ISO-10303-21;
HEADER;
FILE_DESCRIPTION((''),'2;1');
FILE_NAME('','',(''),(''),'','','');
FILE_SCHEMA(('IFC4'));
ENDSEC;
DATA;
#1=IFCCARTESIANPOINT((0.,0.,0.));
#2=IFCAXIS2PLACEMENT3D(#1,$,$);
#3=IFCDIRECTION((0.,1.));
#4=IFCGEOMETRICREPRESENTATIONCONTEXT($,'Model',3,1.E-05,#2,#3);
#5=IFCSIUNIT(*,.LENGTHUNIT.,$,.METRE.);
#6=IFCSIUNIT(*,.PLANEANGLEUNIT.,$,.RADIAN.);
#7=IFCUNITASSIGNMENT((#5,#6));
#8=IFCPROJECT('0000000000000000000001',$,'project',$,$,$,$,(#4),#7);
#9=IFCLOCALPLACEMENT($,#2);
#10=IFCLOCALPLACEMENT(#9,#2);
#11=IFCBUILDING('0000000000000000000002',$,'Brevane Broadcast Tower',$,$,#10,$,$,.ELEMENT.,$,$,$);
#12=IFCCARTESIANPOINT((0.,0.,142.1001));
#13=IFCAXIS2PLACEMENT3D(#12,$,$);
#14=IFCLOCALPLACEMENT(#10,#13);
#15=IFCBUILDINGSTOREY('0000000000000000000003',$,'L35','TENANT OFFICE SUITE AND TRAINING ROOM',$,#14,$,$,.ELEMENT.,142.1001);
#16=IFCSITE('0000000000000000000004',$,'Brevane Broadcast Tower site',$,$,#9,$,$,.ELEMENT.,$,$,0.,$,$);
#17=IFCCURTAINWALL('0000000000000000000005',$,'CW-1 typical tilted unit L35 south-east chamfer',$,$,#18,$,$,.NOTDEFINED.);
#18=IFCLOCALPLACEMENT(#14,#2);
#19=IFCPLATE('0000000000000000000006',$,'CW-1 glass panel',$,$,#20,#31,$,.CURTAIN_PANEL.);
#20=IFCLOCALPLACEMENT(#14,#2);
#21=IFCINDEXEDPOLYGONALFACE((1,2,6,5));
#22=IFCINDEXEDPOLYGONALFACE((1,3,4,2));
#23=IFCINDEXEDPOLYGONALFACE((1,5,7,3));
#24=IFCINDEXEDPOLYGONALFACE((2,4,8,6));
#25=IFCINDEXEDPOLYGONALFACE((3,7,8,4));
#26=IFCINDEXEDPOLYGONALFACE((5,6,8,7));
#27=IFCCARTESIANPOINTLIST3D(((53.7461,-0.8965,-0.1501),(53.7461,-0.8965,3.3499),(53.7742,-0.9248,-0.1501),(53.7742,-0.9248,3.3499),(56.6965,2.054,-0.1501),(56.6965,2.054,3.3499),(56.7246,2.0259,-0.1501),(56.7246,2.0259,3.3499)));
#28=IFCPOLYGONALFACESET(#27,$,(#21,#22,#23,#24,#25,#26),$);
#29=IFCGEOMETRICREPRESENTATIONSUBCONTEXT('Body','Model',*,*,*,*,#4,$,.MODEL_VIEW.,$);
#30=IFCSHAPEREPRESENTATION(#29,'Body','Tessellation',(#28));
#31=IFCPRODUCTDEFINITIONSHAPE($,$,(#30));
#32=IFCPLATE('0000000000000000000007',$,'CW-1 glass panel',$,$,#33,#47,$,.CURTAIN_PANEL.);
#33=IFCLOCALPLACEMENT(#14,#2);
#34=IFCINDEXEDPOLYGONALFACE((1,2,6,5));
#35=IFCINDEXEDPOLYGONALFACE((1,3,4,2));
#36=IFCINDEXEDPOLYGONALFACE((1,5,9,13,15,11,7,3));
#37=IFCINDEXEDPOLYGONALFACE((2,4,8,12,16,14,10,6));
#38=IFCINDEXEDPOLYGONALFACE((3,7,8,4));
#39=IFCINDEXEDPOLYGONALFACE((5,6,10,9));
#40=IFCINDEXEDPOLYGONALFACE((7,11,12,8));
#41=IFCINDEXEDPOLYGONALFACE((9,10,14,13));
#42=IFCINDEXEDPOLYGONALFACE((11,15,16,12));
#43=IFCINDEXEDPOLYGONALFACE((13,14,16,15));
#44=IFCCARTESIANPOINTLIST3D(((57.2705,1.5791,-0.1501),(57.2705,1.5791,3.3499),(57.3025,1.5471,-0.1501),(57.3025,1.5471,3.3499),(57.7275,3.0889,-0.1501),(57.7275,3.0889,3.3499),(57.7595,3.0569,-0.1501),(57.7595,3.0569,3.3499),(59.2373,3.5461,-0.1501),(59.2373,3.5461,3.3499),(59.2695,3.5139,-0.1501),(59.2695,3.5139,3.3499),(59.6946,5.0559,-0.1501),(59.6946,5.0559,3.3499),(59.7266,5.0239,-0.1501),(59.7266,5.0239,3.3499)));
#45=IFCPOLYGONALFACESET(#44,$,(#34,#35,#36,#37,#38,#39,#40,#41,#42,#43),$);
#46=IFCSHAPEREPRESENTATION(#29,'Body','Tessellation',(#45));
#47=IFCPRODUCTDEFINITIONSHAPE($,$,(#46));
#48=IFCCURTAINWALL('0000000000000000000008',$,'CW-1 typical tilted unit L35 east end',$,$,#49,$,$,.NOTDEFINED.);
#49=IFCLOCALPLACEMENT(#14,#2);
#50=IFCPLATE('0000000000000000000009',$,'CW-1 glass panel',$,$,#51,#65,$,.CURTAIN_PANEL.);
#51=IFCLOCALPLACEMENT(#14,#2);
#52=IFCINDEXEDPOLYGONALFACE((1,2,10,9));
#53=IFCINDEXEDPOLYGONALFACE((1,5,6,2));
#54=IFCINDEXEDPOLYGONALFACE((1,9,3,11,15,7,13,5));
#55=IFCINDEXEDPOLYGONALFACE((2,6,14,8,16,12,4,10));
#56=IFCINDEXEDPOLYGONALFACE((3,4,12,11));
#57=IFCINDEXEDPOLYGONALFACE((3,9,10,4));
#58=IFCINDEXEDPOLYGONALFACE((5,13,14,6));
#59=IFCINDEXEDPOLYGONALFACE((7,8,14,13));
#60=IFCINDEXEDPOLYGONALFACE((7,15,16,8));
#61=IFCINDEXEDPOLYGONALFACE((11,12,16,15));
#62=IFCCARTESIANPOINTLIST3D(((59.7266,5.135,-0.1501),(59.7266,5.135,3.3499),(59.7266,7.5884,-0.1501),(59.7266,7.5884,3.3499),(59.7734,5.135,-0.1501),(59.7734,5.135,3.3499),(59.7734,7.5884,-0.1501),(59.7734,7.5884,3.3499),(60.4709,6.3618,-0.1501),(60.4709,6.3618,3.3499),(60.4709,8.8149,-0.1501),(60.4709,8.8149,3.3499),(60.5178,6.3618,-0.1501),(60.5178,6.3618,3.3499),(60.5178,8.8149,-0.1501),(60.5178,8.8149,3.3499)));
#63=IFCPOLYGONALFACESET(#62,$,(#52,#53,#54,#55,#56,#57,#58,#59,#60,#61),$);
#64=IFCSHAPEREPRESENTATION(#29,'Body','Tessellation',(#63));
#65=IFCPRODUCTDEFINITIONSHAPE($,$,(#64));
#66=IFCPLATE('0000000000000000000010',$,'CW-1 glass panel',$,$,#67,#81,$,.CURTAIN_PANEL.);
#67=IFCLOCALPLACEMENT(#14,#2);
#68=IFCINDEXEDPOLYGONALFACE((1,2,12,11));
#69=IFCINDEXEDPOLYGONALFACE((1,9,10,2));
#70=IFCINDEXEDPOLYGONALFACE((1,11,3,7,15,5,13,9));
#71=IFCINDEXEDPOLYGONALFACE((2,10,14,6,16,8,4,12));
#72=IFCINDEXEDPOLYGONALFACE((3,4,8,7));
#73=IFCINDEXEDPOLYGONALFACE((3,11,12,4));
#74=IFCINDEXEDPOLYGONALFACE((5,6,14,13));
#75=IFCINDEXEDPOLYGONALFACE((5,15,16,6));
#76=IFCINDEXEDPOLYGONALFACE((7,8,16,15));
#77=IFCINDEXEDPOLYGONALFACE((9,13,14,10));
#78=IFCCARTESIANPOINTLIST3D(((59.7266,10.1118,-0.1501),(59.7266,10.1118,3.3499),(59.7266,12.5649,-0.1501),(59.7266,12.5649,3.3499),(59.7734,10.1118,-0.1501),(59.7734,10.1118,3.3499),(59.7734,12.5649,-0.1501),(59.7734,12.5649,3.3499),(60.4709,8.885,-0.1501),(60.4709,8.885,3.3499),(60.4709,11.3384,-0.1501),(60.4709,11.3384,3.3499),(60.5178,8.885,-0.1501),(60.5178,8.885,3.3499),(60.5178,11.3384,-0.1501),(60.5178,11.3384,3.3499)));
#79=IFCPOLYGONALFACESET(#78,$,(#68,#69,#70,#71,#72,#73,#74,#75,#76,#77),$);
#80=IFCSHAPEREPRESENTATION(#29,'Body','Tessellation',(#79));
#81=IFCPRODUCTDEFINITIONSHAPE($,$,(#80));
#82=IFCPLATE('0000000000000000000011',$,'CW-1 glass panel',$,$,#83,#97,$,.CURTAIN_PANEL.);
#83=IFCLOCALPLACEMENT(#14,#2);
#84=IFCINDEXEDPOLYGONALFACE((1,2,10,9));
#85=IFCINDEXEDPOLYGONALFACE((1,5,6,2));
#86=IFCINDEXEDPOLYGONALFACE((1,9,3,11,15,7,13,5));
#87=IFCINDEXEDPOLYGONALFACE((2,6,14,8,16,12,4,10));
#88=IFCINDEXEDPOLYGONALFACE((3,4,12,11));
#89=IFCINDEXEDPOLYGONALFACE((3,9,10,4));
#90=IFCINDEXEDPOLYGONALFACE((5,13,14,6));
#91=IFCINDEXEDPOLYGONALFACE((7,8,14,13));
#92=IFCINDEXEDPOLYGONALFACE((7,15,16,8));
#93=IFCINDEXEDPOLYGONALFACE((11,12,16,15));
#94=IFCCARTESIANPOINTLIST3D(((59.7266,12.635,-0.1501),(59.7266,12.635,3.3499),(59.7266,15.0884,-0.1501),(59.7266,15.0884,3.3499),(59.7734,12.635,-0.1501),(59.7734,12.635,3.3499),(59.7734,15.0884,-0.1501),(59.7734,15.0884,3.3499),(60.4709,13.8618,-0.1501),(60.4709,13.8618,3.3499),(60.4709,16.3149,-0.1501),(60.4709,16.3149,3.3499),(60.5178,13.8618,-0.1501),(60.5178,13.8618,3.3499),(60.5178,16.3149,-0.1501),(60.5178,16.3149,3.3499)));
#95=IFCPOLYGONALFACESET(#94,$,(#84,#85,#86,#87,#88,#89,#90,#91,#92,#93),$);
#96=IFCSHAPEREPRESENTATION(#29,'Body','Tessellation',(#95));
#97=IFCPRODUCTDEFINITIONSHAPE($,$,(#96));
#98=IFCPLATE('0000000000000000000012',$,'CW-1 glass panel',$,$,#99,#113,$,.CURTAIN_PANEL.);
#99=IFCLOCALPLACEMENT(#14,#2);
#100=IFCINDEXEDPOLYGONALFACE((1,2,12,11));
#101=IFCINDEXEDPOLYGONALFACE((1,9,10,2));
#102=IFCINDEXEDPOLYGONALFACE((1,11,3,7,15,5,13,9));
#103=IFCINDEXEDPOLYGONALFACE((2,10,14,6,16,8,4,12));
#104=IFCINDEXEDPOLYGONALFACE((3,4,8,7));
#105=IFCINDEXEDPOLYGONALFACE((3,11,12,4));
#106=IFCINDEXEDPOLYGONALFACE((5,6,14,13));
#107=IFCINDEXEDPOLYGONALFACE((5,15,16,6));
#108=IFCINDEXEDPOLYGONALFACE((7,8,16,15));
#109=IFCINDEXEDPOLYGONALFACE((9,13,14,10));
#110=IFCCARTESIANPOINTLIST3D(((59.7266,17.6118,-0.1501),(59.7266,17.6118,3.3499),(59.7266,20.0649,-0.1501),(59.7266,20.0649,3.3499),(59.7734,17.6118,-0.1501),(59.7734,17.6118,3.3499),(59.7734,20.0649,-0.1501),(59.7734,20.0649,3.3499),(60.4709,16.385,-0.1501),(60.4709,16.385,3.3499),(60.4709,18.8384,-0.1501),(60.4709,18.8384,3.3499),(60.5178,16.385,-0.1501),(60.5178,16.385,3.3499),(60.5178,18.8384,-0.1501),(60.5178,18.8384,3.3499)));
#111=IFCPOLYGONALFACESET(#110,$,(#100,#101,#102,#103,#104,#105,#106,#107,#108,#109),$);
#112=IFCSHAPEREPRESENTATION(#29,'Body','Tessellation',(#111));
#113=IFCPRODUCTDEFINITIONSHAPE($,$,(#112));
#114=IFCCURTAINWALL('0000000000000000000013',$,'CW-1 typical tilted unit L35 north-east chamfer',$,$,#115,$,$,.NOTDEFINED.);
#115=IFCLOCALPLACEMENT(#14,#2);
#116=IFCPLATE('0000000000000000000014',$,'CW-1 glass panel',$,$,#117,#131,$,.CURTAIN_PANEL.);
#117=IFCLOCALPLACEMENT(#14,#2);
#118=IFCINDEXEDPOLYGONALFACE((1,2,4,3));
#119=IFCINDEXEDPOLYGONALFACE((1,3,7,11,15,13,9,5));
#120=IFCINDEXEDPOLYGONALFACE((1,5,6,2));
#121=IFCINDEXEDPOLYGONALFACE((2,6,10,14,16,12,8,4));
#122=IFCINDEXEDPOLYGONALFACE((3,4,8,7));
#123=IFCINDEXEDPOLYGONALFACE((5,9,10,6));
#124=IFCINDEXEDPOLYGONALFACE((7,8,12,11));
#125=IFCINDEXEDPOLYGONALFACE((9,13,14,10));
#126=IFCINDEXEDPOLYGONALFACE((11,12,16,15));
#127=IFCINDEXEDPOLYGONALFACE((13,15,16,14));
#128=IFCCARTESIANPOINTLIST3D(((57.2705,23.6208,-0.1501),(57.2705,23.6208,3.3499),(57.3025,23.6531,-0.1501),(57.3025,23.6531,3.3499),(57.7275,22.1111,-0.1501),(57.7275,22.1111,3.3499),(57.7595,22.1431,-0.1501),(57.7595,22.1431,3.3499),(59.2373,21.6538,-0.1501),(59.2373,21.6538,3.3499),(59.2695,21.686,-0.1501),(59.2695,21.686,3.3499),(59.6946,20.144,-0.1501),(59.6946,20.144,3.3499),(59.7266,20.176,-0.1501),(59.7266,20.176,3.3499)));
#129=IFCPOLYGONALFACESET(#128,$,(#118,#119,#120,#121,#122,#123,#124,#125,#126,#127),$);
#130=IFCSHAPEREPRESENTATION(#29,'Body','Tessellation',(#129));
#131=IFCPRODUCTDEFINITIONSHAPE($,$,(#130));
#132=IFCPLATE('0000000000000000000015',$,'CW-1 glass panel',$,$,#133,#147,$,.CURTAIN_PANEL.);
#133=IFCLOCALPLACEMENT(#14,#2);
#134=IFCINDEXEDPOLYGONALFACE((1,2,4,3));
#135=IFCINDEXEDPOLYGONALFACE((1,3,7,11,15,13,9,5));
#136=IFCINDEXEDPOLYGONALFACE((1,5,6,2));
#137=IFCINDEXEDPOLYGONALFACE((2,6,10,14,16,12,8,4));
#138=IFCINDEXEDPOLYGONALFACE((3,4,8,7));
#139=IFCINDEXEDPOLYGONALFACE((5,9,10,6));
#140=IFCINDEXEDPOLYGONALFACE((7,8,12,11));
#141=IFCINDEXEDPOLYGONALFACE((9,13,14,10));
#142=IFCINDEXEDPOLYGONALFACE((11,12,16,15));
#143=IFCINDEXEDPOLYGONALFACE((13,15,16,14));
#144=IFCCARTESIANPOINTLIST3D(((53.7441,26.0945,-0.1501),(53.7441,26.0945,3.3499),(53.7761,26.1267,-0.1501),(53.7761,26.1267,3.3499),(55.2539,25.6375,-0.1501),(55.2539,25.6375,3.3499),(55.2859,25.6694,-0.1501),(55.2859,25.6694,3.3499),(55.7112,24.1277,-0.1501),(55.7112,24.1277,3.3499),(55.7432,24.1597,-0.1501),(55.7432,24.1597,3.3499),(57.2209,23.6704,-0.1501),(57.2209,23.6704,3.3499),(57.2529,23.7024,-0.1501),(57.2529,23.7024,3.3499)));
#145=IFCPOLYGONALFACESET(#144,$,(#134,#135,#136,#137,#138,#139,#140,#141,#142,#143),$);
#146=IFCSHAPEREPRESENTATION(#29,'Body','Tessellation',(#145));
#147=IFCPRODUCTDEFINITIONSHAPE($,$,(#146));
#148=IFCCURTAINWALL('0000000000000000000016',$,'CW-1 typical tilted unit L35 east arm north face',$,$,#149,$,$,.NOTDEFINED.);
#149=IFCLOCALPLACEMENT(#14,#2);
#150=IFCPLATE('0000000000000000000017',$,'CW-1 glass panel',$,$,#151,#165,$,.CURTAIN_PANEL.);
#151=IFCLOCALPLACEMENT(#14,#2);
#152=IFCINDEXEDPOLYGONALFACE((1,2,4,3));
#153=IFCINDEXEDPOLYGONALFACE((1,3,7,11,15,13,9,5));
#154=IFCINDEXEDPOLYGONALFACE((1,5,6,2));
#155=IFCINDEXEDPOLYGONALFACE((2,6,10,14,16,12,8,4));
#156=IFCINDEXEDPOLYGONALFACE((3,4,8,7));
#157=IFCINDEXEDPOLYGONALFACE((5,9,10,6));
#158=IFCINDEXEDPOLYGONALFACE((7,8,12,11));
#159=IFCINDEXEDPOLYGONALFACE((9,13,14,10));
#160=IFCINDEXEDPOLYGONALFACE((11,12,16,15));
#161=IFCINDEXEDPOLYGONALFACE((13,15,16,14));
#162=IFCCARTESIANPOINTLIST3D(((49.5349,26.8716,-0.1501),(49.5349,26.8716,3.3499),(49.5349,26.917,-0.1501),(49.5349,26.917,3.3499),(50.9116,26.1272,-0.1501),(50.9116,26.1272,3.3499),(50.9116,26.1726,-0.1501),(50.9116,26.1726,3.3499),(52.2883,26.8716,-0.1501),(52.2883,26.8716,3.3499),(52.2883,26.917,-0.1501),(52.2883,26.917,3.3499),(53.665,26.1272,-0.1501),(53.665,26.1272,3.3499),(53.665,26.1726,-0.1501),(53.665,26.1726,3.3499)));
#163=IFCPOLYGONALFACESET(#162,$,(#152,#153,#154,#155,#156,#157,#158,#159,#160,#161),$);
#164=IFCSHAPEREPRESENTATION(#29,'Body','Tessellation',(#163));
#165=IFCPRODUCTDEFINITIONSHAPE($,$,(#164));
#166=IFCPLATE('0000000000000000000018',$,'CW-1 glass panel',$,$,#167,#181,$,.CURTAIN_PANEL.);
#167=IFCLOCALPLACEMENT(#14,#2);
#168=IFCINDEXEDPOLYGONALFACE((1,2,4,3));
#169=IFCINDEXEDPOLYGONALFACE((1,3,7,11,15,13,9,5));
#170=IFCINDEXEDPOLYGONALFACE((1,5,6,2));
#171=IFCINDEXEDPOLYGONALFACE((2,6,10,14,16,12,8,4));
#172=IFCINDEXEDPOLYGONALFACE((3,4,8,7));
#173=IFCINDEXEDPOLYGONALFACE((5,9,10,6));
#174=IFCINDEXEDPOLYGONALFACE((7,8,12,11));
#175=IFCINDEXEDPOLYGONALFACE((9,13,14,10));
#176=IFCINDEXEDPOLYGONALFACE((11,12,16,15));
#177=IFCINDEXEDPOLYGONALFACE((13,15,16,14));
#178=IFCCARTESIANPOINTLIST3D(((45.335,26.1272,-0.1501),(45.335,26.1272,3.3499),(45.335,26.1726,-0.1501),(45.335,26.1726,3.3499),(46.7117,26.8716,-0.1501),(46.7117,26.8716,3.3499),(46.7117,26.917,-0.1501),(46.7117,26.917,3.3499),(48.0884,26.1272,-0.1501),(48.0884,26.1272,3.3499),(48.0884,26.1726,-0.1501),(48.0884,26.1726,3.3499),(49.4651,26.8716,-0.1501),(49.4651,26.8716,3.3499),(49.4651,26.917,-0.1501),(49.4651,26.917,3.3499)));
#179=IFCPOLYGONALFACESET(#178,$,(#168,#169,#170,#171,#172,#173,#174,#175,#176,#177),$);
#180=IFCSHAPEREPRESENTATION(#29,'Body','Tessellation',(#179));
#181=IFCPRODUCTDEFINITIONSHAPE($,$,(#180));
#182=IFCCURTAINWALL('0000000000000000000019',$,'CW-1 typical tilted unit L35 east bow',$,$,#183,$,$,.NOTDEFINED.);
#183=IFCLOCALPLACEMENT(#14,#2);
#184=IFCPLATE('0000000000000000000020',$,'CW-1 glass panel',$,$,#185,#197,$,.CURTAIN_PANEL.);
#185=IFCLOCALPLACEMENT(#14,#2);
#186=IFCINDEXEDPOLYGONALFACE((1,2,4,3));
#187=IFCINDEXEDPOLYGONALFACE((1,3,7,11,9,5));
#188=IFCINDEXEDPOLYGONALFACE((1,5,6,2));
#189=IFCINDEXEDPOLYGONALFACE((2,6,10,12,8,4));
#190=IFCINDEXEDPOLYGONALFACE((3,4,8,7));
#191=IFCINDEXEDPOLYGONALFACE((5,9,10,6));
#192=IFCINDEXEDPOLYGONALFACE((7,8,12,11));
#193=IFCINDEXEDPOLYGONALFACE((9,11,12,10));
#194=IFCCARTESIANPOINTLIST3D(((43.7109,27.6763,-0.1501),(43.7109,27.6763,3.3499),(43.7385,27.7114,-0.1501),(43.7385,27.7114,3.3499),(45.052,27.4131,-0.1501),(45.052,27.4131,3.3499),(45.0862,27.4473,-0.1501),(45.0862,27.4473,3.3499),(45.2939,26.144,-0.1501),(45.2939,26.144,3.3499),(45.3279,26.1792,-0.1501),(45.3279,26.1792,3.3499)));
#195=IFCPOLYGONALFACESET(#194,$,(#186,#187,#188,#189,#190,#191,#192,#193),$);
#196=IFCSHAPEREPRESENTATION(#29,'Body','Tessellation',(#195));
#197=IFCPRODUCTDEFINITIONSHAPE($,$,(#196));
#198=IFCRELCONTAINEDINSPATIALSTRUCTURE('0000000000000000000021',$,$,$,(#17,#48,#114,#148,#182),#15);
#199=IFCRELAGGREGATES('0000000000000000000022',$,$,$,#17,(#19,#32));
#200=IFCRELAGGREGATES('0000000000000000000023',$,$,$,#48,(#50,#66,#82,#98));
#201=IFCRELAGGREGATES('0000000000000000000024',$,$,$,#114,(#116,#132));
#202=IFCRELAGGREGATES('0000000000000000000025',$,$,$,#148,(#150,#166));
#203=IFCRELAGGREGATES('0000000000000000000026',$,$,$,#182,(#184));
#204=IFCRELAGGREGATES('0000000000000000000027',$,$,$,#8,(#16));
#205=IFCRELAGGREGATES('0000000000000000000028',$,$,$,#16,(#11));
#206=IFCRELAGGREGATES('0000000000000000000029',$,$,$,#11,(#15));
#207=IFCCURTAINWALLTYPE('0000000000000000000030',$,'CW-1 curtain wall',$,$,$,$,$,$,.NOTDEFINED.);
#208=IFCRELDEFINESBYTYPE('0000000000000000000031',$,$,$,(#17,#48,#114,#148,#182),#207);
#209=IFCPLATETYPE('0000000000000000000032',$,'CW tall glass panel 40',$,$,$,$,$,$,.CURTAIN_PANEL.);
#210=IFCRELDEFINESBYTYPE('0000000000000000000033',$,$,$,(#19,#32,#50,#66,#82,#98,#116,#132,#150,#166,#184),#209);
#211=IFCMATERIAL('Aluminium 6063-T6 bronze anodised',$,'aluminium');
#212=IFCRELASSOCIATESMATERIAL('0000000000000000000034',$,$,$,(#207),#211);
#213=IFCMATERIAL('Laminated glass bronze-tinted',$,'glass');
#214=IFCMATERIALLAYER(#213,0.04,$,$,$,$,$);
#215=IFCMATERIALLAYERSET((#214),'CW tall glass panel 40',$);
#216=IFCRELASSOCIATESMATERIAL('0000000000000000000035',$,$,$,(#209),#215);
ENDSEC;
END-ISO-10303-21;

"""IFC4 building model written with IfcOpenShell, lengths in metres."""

from ifc_helpers import new_model, si_unit, direction, frame, origin, place, context, subcontext, project, spatial, polyline, outline, extrude, material, layer, layer_set, type_object, element, aggregate, save


model = new_model("IFC4")

# Units and contexts
model_context = context("Model", 3, precision=1e-05, world=origin(), true_north=direction((0.0, 1.0)))
body_context = subcontext(model_context, "Body", "Model", "MODEL_VIEW")
ifc_project = project(units=[si_unit("LENGTHUNIT", "METRE"), si_unit("PLANEANGLEUNIT", "RADIAN")], contexts=[model_context])

# Site, building, storey
site_placement = place(None, origin())
site = spatial("IfcSite", under=ifc_project, at=site_placement, Name="Brevane Broadcast Tower site", CompositionType="ELEMENT", RefElevation=0.0)
building_placement = place(site_placement, origin())
building = spatial("IfcBuilding", under=site, at=building_placement, Name="Brevane Broadcast Tower", CompositionType="ELEMENT")
storey_placement = place(building_placement, frame((0.0, 0.0, 142.1001)))
storey = spatial("IfcBuildingStorey", under=building, at=storey_placement, Name="L35", Description="TENANT OFFICE SUITE AND TRAINING ROOM", CompositionType="ELEMENT", Elevation=142.1001)

# Curtain walls, plates
ifc_material_1 = material(Name="Aluminium 6063-T6 bronze anodised", Category="aluminium")
curtain_wall_type = type_object("IfcCurtainWallType", Name="CW-1 curtain wall", PredefinedType="NOTDEFINED", material=ifc_material_1)
ifc_material_2 = material(Name="Laminated glass bronze-tinted", Category="glass")
ifc_layer = layer(ifc_material_2, 0.04)
ifc_layer_set = layer_set([ifc_layer], Name="CW tall glass panel 40")
plate_type = type_object("IfcPlateType", Name="CW tall glass panel 40", PredefinedType="CURTAIN_PANEL", material=ifc_layer_set)
curtain_wall_1_placement = place(storey_placement, origin())
curtain_wall_1 = element("IfcCurtainWall", 1, at=curtain_wall_1_placement, inside=storey, type_object=curtain_wall_type, Name="CW-1 typical tilted unit L35 south-east chamfer", PredefinedType="NOTDEFINED")
plate_1_placement = place(storey_placement, frame((0.0, 0.0, -0.1501)))
plate_1 = element("IfcPlate", 2, at=plate_1_placement, type_object=plate_type, Name="CW-1 glass panel", PredefinedType="CURTAIN_PANEL", context=body_context, shape_type="SweptSolid", body=[
    extrude(outline(polyline([(53.7461, -0.8965), (56.6965, 2.054), (56.7246, 2.0259), (53.7742, -0.9248), (53.7461, -0.8965)])), origin(), (0.0, 0.0, 1.0), 3.5),
])
plate_2_placement = place(storey_placement, frame((0.0, 0.0, -0.1501)))
plate_2 = element("IfcPlate", 3, at=plate_2_placement, type_object=plate_type, Name="CW-1 glass panel", PredefinedType="CURTAIN_PANEL", context=body_context, shape_type="SweptSolid", body=[
    extrude(outline(polyline([(57.2705, 1.5791), (57.3025, 1.5471), (57.7595, 3.0569), (59.2695, 3.5139), (59.7266, 5.0239), (59.6946, 5.0559), (59.2373, 3.5461), (57.7275, 3.0889), (57.2705, 1.5791)])), origin(), (0.0, 0.0, 1.0), 3.5),
])
aggregate(curtain_wall_1, [plate_1, plate_2])
curtain_wall_2_placement = place(storey_placement, origin())
curtain_wall_2 = element("IfcCurtainWall", 4, at=curtain_wall_2_placement, inside=storey, type_object=curtain_wall_type, Name="CW-1 typical tilted unit L35 east end", PredefinedType="NOTDEFINED")
plate_3_placement = place(storey_placement, frame((0.0, 0.0, -0.1501)))
plate_3 = element("IfcPlate", 5, at=plate_3_placement, type_object=plate_type, Name="CW-1 glass panel", PredefinedType="CURTAIN_PANEL", context=body_context, shape_type="SweptSolid", body=[
    extrude(outline(polyline([(59.7266, 5.135), (59.7734, 5.135), (60.5178, 6.3618), (59.7734, 7.5884), (60.5178, 8.8149), (60.4709, 8.8149), (59.7266, 7.5884), (60.4709, 6.3618), (59.7266, 5.135)])), origin(), (0.0, 0.0, 1.0), 3.5),
])
plate_4_placement = place(storey_placement, frame((0.0, 0.0, -0.1501)))
plate_4 = element("IfcPlate", 6, at=plate_4_placement, type_object=plate_type, Name="CW-1 glass panel", PredefinedType="CURTAIN_PANEL", context=body_context, shape_type="SweptSolid", body=[
    extrude(outline(polyline([(60.4709, 8.885), (60.5178, 8.885), (59.7734, 10.1118), (60.5178, 11.3384), (59.7734, 12.5649), (59.7266, 12.5649), (60.4709, 11.3384), (59.7266, 10.1118), (60.4709, 8.885)])), origin(), (0.0, 0.0, 1.0), 3.5),
])
plate_5_placement = place(storey_placement, frame((0.0, 0.0, -0.1501)))
plate_5 = element("IfcPlate", 7, at=plate_5_placement, type_object=plate_type, Name="CW-1 glass panel", PredefinedType="CURTAIN_PANEL", context=body_context, shape_type="SweptSolid", body=[
    extrude(outline(polyline([(59.7266, 12.635), (59.7734, 12.635), (60.5178, 13.8618), (59.7734, 15.0884), (60.5178, 16.3149), (60.4709, 16.3149), (59.7266, 15.0884), (60.4709, 13.8618), (59.7266, 12.635)])), origin(), (0.0, 0.0, 1.0), 3.5),
])
plate_6_placement = place(storey_placement, frame((0.0, 0.0, -0.1501)))
plate_6 = element("IfcPlate", 8, at=plate_6_placement, type_object=plate_type, Name="CW-1 glass panel", PredefinedType="CURTAIN_PANEL", context=body_context, shape_type="SweptSolid", body=[
    extrude(outline(polyline([(60.4709, 16.385), (60.5178, 16.385), (59.7734, 17.6118), (60.5178, 18.8384), (59.7734, 20.0649), (59.7266, 20.0649), (60.4709, 18.8384), (59.7266, 17.6118), (60.4709, 16.385)])), origin(), (0.0, 0.0, 1.0), 3.5),
])
aggregate(curtain_wall_2, [plate_3, plate_4, plate_5, plate_6])
curtain_wall_3_placement = place(storey_placement, origin())
curtain_wall_3 = element("IfcCurtainWall", 9, at=curtain_wall_3_placement, inside=storey, type_object=curtain_wall_type, Name="CW-1 typical tilted unit L35 north-east chamfer", PredefinedType="NOTDEFINED")
plate_7_placement = place(storey_placement, frame((0.0, 0.0, -0.1501)))
plate_7 = element("IfcPlate", 10, at=plate_7_placement, type_object=plate_type, Name="CW-1 glass panel", PredefinedType="CURTAIN_PANEL", context=body_context, shape_type="SweptSolid", body=[
    extrude(outline(polyline([(59.6946, 20.144), (59.7266, 20.176), (59.2695, 21.686), (57.7595, 22.1431), (57.3025, 23.6531), (57.2705, 23.6208), (57.7275, 22.1111), (59.2373, 21.6538), (59.6946, 20.144)])), origin(), (0.0, 0.0, 1.0), 3.5),
])
plate_8_placement = place(storey_placement, frame((0.0, 0.0, -0.1501)))
plate_8 = element("IfcPlate", 11, at=plate_8_placement, type_object=plate_type, Name="CW-1 glass panel", PredefinedType="CURTAIN_PANEL", context=body_context, shape_type="SweptSolid", body=[
    extrude(outline(polyline([(57.2209, 23.6704), (57.2529, 23.7024), (55.7432, 24.1597), (55.2859, 25.6694), (53.7761, 26.1267), (53.7441, 26.0945), (55.2539, 25.6375), (55.7112, 24.1277), (57.2209, 23.6704)])), origin(), (0.0, 0.0, 1.0), 3.5),
])
aggregate(curtain_wall_3, [plate_7, plate_8])
curtain_wall_4_placement = place(storey_placement, origin())
curtain_wall_4 = element("IfcCurtainWall", 12, at=curtain_wall_4_placement, inside=storey, type_object=curtain_wall_type, Name="CW-1 typical tilted unit L35 east arm north face", PredefinedType="NOTDEFINED")
plate_9_placement = place(storey_placement, frame((0.0, 0.0, -0.1501)))
plate_9 = element("IfcPlate", 13, at=plate_9_placement, type_object=plate_type, Name="CW-1 glass panel", PredefinedType="CURTAIN_PANEL", context=body_context, shape_type="SweptSolid", body=[
    extrude(outline(polyline([(53.665, 26.1272), (53.665, 26.1726), (52.2883, 26.917), (50.9116, 26.1726), (49.5349, 26.917), (49.5349, 26.8716), (50.9116, 26.1272), (52.2883, 26.8716), (53.665, 26.1272)])), origin(), (0.0, 0.0, 1.0), 3.5),
])
plate_10_placement = place(storey_placement, frame((0.0, 0.0, -0.1501)))
plate_10 = element("IfcPlate", 14, at=plate_10_placement, type_object=plate_type, Name="CW-1 glass panel", PredefinedType="CURTAIN_PANEL", context=body_context, shape_type="SweptSolid", body=[
    extrude(outline(polyline([(49.4651, 26.8716), (49.4651, 26.917), (48.0884, 26.1726), (46.7117, 26.917), (45.335, 26.1726), (45.335, 26.1272), (46.7117, 26.8716), (48.0884, 26.1272), (49.4651, 26.8716)])), origin(), (0.0, 0.0, 1.0), 3.5),
])
aggregate(curtain_wall_4, [plate_9, plate_10])
curtain_wall_5_placement = place(storey_placement, origin())
curtain_wall_5 = element("IfcCurtainWall", 15, at=curtain_wall_5_placement, inside=storey, type_object=curtain_wall_type, Name="CW-1 typical tilted unit L35 east bow", PredefinedType="NOTDEFINED")
plate_11_placement = place(storey_placement, frame((0.0, 0.0, -0.1501)))
plate_11 = element("IfcPlate", 16, at=plate_11_placement, type_object=plate_type, Name="CW-1 glass panel", PredefinedType="CURTAIN_PANEL", context=body_context, shape_type="SweptSolid", body=[
    extrude(outline(polyline([(45.2939, 26.144), (45.3279, 26.1792), (45.0862, 27.4473), (43.7385, 27.7114), (43.7109, 27.6763), (45.052, 27.4131), (45.2939, 26.144)])), origin(), (0.0, 0.0, 1.0), 3.5),
])
aggregate(curtain_wall_5, [plate_11])

save(model, "model.ifc")
